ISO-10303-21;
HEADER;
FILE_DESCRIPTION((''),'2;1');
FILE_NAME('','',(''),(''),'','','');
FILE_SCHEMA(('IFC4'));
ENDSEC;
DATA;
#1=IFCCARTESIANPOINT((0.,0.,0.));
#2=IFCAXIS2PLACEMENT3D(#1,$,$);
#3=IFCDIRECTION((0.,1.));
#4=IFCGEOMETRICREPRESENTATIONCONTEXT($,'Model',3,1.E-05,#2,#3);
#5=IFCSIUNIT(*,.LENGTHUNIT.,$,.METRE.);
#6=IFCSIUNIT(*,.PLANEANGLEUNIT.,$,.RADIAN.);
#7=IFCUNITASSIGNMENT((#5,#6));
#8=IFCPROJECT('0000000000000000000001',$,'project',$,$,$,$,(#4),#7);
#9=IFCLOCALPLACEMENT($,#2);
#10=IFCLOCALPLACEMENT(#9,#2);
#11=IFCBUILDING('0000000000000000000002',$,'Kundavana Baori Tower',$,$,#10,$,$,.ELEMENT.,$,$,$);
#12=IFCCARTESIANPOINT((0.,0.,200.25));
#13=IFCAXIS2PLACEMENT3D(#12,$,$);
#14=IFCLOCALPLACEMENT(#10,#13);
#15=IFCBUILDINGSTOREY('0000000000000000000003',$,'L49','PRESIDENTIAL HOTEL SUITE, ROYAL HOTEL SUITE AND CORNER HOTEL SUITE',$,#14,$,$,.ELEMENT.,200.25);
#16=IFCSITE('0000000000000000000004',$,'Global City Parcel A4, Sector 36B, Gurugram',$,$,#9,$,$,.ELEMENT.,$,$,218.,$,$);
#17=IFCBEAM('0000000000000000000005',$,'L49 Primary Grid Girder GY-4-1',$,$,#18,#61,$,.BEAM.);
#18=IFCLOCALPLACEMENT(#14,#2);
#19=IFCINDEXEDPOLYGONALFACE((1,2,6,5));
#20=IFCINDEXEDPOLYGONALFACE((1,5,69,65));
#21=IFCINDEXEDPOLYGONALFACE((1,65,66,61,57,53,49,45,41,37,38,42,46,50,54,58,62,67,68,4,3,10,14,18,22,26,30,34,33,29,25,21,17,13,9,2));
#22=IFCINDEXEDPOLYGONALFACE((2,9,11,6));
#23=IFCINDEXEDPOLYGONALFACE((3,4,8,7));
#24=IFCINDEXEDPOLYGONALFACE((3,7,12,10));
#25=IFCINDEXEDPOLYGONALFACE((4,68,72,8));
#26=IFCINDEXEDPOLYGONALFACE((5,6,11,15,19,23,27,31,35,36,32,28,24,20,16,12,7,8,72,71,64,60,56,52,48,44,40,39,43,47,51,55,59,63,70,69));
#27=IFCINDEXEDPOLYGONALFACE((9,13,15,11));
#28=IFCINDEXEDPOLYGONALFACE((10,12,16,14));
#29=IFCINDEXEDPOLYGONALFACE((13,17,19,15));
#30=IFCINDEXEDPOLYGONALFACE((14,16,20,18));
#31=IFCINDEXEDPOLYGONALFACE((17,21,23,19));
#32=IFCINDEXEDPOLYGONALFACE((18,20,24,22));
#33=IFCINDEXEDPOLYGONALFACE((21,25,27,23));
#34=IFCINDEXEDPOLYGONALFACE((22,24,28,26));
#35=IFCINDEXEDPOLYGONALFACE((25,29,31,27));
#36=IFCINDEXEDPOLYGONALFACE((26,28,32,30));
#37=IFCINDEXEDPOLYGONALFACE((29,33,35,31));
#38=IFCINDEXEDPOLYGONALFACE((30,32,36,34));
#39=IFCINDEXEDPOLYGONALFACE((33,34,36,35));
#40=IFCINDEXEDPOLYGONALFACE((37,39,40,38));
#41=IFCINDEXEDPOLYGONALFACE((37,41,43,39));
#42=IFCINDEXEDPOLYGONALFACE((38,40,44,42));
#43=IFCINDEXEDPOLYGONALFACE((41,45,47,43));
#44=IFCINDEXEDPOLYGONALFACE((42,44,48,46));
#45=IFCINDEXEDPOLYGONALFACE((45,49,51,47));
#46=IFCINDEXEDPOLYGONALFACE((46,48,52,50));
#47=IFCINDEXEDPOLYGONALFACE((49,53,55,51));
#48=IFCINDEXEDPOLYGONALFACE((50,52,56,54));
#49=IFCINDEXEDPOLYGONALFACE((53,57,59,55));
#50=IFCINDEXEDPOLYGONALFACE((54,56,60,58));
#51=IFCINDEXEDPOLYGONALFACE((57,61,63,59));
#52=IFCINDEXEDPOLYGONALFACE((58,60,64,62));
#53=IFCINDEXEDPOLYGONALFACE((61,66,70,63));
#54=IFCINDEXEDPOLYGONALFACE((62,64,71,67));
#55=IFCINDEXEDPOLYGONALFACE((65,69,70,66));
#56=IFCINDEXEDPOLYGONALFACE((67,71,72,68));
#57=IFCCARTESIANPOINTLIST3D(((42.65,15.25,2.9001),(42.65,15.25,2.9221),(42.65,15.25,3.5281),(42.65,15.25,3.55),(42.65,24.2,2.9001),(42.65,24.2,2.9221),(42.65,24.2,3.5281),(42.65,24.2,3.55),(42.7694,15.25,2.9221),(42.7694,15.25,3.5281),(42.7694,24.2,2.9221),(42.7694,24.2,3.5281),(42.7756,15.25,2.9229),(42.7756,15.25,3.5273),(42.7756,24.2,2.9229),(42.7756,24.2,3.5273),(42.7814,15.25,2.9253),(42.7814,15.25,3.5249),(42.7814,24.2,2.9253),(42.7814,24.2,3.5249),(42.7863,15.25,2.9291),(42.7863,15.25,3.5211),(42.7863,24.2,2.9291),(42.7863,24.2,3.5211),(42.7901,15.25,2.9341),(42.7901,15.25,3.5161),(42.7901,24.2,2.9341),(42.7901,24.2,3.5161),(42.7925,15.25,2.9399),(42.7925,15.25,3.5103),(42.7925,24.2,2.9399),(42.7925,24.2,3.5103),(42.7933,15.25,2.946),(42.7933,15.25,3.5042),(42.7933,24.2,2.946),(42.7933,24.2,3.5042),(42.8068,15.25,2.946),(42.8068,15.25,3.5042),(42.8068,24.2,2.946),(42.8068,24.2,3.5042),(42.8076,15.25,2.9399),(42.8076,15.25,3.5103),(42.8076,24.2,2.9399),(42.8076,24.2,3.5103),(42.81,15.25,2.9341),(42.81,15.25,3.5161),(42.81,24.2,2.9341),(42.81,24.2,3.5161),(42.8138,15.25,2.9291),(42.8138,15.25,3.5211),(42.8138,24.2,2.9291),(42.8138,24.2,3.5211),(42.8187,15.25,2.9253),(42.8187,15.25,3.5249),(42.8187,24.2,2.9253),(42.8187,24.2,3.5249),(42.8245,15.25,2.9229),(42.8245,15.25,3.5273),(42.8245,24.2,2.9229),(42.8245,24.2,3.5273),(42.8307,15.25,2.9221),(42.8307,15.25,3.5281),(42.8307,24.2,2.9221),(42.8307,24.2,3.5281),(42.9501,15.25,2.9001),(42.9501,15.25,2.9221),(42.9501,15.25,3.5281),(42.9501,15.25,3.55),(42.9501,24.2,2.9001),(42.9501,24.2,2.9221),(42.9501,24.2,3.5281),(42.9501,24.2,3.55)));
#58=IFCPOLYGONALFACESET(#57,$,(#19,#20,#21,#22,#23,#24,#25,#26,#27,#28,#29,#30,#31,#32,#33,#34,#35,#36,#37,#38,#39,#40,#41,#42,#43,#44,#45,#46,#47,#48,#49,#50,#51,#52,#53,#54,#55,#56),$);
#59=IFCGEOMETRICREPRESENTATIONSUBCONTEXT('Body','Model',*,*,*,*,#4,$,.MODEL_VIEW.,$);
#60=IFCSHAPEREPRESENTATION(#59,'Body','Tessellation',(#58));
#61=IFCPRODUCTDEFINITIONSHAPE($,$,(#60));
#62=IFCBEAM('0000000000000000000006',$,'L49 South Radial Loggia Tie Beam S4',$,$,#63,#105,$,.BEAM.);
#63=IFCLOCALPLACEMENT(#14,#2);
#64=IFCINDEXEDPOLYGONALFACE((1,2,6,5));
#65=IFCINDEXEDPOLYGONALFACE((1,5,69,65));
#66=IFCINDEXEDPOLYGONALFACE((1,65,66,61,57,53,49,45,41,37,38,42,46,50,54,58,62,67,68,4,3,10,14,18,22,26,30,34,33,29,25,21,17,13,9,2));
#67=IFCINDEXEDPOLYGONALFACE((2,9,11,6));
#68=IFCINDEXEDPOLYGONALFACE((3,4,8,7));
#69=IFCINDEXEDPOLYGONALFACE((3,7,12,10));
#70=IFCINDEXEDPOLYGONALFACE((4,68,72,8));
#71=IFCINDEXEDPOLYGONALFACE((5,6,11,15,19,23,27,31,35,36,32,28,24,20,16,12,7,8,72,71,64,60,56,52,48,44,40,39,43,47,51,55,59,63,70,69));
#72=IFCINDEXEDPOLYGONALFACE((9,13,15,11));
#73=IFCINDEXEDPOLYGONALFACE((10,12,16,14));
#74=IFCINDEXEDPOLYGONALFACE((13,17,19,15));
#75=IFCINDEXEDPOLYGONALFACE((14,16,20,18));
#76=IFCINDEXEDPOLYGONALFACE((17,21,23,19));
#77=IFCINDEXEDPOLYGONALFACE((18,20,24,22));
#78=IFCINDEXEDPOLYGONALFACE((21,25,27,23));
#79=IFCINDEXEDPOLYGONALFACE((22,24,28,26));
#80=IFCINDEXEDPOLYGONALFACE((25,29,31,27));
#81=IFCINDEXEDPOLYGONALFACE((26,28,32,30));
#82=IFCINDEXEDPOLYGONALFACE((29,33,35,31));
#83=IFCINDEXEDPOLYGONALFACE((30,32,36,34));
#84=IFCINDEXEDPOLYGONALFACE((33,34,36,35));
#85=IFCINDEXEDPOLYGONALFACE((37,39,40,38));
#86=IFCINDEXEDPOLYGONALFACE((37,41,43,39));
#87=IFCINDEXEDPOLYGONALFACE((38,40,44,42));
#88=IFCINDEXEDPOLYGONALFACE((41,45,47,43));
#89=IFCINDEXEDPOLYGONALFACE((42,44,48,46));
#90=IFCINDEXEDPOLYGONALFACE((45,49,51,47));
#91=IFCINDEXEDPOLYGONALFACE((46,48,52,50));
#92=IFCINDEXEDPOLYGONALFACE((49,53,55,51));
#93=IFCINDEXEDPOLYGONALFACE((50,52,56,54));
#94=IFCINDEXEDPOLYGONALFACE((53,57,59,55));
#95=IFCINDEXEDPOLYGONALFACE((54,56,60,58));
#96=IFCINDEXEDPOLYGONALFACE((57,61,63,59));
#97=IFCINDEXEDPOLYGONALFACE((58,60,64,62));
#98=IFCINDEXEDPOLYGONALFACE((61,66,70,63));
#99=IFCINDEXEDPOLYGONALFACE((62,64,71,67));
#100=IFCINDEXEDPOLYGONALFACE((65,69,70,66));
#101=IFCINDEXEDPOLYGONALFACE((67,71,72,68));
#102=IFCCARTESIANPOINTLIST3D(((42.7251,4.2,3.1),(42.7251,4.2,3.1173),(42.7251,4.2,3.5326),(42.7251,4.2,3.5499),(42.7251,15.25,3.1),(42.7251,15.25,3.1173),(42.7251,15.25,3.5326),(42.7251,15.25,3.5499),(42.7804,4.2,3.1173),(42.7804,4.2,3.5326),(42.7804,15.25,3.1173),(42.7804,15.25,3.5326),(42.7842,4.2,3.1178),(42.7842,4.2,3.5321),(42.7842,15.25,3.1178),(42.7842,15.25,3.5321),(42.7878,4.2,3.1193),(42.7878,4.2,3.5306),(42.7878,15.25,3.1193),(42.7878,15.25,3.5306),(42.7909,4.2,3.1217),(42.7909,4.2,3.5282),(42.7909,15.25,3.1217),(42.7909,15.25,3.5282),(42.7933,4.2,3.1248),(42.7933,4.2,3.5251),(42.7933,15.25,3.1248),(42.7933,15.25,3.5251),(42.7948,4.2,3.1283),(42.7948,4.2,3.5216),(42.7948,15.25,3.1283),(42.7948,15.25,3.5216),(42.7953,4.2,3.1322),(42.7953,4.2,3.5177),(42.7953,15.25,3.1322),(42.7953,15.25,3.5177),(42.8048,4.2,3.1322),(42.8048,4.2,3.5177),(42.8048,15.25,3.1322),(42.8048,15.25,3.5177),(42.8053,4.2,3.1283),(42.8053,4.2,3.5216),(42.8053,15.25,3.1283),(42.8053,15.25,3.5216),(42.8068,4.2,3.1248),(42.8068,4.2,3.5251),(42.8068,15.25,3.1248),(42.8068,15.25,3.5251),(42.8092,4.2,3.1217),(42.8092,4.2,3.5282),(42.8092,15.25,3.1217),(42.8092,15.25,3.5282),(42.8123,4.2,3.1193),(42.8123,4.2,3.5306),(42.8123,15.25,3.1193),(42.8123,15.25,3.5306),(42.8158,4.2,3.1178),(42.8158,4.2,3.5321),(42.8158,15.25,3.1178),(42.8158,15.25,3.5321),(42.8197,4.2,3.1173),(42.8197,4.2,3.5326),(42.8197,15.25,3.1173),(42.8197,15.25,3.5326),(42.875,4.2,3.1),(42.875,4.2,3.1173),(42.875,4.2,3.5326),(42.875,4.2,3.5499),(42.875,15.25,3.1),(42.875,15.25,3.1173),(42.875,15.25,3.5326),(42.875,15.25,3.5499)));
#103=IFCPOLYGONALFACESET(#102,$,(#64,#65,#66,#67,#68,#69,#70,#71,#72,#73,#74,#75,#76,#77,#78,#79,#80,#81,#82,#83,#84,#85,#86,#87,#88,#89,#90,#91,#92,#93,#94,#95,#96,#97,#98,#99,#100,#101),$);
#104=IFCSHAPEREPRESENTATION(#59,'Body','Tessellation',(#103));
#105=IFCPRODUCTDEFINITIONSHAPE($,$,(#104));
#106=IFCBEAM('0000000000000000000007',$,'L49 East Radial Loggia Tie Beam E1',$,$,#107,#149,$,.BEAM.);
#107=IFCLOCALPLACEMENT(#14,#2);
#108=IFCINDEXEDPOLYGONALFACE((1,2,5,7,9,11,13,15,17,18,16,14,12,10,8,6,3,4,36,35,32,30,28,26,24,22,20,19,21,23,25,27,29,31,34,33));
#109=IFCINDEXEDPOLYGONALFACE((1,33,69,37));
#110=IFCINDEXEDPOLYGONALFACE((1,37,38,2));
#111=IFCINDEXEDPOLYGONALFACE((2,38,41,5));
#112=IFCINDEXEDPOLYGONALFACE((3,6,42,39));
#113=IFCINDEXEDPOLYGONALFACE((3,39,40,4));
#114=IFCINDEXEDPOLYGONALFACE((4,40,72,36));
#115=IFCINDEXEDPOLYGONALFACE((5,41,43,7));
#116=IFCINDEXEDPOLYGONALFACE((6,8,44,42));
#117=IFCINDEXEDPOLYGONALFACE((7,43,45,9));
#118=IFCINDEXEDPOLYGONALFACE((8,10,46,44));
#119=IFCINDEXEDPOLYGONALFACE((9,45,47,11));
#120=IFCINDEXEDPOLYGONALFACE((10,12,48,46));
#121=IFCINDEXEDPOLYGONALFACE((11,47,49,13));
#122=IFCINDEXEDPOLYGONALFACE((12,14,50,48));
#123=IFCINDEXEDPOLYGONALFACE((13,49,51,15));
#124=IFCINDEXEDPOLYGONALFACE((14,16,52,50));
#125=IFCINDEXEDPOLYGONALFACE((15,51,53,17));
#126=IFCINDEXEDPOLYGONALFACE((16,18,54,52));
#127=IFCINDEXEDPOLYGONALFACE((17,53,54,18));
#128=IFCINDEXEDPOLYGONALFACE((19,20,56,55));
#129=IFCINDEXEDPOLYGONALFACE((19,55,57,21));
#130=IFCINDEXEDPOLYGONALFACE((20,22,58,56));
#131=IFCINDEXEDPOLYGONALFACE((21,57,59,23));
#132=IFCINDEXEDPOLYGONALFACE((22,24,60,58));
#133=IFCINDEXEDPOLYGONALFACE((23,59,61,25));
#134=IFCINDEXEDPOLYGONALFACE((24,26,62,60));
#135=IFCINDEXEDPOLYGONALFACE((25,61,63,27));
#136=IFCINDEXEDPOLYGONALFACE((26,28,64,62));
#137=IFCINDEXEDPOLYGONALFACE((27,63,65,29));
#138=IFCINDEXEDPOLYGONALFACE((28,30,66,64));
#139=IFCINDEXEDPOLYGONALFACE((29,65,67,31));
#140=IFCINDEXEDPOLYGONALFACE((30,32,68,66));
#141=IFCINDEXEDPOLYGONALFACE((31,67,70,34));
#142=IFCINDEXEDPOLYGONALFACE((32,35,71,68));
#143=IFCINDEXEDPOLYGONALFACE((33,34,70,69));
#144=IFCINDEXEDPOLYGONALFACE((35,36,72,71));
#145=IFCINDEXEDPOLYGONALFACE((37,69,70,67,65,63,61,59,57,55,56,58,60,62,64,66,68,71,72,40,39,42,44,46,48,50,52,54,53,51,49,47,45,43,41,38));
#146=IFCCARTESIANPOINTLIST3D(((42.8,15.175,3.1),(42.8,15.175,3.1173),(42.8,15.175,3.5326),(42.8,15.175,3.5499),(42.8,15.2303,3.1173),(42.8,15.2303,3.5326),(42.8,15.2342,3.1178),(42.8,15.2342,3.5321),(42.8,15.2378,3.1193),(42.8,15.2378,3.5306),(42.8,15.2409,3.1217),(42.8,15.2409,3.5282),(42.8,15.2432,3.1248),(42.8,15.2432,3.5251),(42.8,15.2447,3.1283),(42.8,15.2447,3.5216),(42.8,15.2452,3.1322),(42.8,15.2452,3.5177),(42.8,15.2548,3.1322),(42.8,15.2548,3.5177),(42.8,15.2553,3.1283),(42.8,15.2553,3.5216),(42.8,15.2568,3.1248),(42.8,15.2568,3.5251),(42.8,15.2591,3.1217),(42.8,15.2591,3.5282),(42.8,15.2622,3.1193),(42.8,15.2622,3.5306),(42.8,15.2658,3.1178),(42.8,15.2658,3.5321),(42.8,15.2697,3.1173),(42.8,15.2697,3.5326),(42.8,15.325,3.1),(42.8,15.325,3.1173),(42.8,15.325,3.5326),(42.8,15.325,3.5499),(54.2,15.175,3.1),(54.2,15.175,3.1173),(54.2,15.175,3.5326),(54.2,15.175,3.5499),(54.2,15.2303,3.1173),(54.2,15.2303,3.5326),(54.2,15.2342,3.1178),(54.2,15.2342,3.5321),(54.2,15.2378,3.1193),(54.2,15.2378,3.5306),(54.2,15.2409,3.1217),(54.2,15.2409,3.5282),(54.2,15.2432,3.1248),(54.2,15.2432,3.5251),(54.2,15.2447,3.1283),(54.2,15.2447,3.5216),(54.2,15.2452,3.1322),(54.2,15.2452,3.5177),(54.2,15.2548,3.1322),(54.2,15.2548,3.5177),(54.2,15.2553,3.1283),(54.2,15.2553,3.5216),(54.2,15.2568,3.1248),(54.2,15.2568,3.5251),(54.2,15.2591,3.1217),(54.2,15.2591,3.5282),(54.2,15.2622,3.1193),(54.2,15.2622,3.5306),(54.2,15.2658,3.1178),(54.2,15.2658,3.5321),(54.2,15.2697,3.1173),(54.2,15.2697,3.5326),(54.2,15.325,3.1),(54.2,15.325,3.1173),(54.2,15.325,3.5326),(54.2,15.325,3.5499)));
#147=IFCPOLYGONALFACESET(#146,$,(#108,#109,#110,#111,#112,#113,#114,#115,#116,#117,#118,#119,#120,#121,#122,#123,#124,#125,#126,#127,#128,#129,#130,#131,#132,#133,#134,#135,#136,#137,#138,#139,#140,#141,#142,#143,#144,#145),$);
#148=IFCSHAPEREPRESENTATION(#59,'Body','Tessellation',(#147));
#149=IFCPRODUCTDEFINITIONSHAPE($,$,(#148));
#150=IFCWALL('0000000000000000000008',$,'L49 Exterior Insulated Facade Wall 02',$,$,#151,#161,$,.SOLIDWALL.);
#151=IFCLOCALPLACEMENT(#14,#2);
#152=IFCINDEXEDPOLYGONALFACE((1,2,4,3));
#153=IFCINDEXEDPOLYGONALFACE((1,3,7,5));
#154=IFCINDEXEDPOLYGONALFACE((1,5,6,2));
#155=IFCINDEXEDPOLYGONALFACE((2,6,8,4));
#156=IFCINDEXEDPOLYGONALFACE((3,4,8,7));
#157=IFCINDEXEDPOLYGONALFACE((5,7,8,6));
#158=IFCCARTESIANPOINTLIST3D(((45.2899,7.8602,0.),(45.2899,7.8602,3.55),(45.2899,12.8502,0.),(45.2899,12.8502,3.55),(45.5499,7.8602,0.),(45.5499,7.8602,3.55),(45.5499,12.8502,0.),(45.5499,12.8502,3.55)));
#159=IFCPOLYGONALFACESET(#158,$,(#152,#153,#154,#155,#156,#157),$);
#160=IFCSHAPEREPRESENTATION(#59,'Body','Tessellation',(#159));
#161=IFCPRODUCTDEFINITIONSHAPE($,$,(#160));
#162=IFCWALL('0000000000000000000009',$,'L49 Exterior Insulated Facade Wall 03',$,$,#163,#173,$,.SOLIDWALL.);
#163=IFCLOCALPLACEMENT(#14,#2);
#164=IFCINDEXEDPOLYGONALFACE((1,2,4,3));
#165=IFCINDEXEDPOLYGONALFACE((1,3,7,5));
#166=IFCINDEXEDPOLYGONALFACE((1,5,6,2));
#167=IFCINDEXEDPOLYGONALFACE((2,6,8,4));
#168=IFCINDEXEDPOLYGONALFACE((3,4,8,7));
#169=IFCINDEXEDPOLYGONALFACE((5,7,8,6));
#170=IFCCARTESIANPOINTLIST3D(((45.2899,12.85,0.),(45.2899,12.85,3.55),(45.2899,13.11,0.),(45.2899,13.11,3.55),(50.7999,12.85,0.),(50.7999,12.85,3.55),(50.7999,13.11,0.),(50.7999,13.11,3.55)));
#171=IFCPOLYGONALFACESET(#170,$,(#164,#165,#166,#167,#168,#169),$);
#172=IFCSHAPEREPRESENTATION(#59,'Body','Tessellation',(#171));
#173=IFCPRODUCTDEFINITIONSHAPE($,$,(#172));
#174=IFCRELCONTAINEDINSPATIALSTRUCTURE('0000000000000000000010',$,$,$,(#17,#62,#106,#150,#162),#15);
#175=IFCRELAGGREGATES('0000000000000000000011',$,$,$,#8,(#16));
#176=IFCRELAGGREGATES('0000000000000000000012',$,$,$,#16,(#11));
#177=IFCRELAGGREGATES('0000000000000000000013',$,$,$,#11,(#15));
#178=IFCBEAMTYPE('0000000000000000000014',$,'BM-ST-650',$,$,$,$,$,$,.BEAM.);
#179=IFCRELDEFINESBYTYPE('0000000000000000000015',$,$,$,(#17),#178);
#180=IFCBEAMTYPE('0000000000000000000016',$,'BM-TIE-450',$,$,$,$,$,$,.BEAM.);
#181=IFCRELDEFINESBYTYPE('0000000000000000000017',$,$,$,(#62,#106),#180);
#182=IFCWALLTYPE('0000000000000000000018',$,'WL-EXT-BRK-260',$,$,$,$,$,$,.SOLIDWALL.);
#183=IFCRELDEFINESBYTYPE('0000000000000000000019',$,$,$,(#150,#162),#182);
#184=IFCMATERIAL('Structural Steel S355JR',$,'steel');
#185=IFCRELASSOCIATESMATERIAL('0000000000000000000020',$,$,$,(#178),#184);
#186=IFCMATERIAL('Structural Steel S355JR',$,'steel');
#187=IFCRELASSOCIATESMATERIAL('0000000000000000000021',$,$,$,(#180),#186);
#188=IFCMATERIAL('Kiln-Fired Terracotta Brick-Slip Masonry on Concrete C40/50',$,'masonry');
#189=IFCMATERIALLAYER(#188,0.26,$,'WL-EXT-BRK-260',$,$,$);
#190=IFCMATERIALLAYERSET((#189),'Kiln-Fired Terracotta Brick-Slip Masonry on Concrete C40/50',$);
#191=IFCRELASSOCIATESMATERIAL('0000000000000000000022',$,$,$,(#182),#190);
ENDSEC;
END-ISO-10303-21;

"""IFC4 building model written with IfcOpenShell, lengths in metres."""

from ifc_helpers import new_model, si_unit, direction, frame, frame_2d, origin, origin_2d, place, context, subcontext, project, spatial, rectangle, i_section, extrude, material, layer, layer_set, material_profile, profile_set, type_object, element, save


model = new_model("IFC4")

# Units and contexts
model_context = context("Model", 3, precision=1e-05, world=origin(), true_north=direction((0.0, 1.0)))
body_context = subcontext(model_context, "Body", "Model", "MODEL_VIEW")
ifc_project = project(units=[si_unit("LENGTHUNIT", "METRE"), si_unit("PLANEANGLEUNIT", "RADIAN")], contexts=[model_context])

# Site, building, storey
site_placement = place(None, origin())
site = spatial("IfcSite", under=ifc_project, at=site_placement, Name="Global City Parcel A4, Sector 36B, Gurugram", CompositionType="ELEMENT", RefElevation=218.0)
building_placement = place(site_placement, origin())
building = spatial("IfcBuilding", under=site, at=building_placement, Name="Kundavana Baori Tower", CompositionType="ELEMENT")
storey_placement = place(building_placement, frame((0.0, 0.0, 200.25)))
storey = spatial("IfcBuildingStorey", under=building, at=storey_placement, Name="L49", Description="PRESIDENTIAL HOTEL SUITE, ROYAL HOTEL SUITE AND CORNER HOTEL SUITE", CompositionType="ELEMENT", Elevation=200.25)

# Beams
ifc_material_1 = material(Name="Structural Steel S355JR", Category="steel")
ifc_material_profile_1 = material_profile(ifc_material_1, i_section(OverallWidth=0.3, OverallDepth=0.6499, WebThickness=0.0134, FlangeThickness=0.022, FilletRadius=0.0239, at=origin_2d()), Name="NPB 650x300x155")
ifc_profile_set_1 = profile_set([ifc_material_profile_1], Name="Structural Steel S355JR")
beam_type_1 = type_object("IfcBeamType", Name="BM-ST-650", PredefinedType="BEAM", material=ifc_profile_set_1)
beam_1_placement = place(storey_placement, frame((42.8, 15.25, 3.2251), z_axis=(0.0, 1.0, 0.0), x_axis=(-1.0, 0.0, 0.0)))
element("IfcBeam", 1, at=beam_1_placement, inside=storey, type_object=beam_type_1, Name="L49 Primary Grid Girder GY-4-1", PredefinedType="BEAM", context=body_context, shape_type="SweptSolid", body=[
    extrude(i_section(OverallWidth=0.3, OverallDepth=0.6499, WebThickness=0.0134, FlangeThickness=0.022, FilletRadius=0.0239, at=origin_2d()), origin(), (0.0, 0.0, 1.0), 8.95),
])
ifc_material_2 = material(Name="Structural Steel S355JR", Category="steel")
ifc_material_profile_2 = material_profile(ifc_material_2, i_section(OverallWidth=0.1499, OverallDepth=0.45, WebThickness=0.0095, FlangeThickness=0.0173, FilletRadius=0.0149, at=origin_2d()), Name="ISMB 450")
ifc_profile_set_2 = profile_set([ifc_material_profile_2], Name="Structural Steel S355JR")
beam_type_2 = type_object("IfcBeamType", Name="BM-TIE-450", PredefinedType="BEAM", material=ifc_profile_set_2)
beam_2_placement = place(storey_placement, frame((42.8, 15.25, 3.325), z_axis=(0.0, -1.0, 0.0), x_axis=(1.0, 0.0, 0.0)))
element("IfcBeam", 2, at=beam_2_placement, inside=storey, type_object=beam_type_2, Name="L49 South Radial Loggia Tie Beam S4", PredefinedType="BEAM", context=body_context, shape_type="SweptSolid", body=[
    extrude(i_section(OverallWidth=0.1499, OverallDepth=0.45, WebThickness=0.0095, FlangeThickness=0.0173, FilletRadius=0.0149, at=origin_2d()), origin(), (0.0, 0.0, 1.0), 11.05),
])
beam_3_placement = place(storey_placement, frame((42.8, 15.25, 3.325), z_axis=(1.0, 0.0, 0.0), x_axis=(0.0, 1.0, 0.0)))
element("IfcBeam", 3, at=beam_3_placement, inside=storey, type_object=beam_type_2, Name="L49 East Radial Loggia Tie Beam E1", PredefinedType="BEAM", context=body_context, shape_type="SweptSolid", body=[
    extrude(i_section(OverallWidth=0.1499, OverallDepth=0.45, WebThickness=0.0095, FlangeThickness=0.0173, FilletRadius=0.0149, at=origin_2d()), origin(), (0.0, 0.0, 1.0), 11.3999),
])

# Walls
ifc_material_3 = material(Name="Kiln-Fired Terracotta Brick-Slip Masonry on Concrete C40/50", Category="masonry")
ifc_layer_1 = layer(ifc_material_3, 0.26, Name="WL-EXT-BRK-260")
ifc_layer_set_1 = layer_set([ifc_layer_1], Name="Kiln-Fired Terracotta Brick-Slip Masonry on Concrete C40/50")
wall_type_1 = type_object("IfcWallType", Name="WL-EXT-BRK-260", PredefinedType="SOLIDWALL", material=ifc_layer_set_1)
wall_1_placement = place(storey_placement, frame((45.4199, 7.8601, 0.0), z_axis=(0.0, 0.0, 1.0), x_axis=(0.0, 1.0, 0.0)))
element("IfcWall", 4, at=wall_1_placement, inside=storey, type_object=wall_type_1, Name="L49 Exterior Insulated Facade Wall 02", PredefinedType="SOLIDWALL", context=body_context, shape_type="SweptSolid", body=[
    extrude(rectangle(XDim=4.99, YDim=0.26, at=frame_2d((2.4951, 0.0))), origin(), (0.0, 0.0, 1.0), 3.55),
])
wall_2_placement = place(storey_placement, frame((45.29, 12.98, 0.0), z_axis=(0.0, 0.0, 1.0), x_axis=(1.0, 0.0, 0.0)))
element("IfcWall", 5, at=wall_2_placement, inside=storey, type_object=wall_type_1, Name="L49 Exterior Insulated Facade Wall 03", PredefinedType="SOLIDWALL", context=body_context, shape_type="SweptSolid", body=[
    extrude(rectangle(XDim=5.51, YDim=0.26, at=frame_2d((2.7549, 0.0))), origin(), (0.0, 0.0, 1.0), 3.55),
])

save(model, "model.ifc")
